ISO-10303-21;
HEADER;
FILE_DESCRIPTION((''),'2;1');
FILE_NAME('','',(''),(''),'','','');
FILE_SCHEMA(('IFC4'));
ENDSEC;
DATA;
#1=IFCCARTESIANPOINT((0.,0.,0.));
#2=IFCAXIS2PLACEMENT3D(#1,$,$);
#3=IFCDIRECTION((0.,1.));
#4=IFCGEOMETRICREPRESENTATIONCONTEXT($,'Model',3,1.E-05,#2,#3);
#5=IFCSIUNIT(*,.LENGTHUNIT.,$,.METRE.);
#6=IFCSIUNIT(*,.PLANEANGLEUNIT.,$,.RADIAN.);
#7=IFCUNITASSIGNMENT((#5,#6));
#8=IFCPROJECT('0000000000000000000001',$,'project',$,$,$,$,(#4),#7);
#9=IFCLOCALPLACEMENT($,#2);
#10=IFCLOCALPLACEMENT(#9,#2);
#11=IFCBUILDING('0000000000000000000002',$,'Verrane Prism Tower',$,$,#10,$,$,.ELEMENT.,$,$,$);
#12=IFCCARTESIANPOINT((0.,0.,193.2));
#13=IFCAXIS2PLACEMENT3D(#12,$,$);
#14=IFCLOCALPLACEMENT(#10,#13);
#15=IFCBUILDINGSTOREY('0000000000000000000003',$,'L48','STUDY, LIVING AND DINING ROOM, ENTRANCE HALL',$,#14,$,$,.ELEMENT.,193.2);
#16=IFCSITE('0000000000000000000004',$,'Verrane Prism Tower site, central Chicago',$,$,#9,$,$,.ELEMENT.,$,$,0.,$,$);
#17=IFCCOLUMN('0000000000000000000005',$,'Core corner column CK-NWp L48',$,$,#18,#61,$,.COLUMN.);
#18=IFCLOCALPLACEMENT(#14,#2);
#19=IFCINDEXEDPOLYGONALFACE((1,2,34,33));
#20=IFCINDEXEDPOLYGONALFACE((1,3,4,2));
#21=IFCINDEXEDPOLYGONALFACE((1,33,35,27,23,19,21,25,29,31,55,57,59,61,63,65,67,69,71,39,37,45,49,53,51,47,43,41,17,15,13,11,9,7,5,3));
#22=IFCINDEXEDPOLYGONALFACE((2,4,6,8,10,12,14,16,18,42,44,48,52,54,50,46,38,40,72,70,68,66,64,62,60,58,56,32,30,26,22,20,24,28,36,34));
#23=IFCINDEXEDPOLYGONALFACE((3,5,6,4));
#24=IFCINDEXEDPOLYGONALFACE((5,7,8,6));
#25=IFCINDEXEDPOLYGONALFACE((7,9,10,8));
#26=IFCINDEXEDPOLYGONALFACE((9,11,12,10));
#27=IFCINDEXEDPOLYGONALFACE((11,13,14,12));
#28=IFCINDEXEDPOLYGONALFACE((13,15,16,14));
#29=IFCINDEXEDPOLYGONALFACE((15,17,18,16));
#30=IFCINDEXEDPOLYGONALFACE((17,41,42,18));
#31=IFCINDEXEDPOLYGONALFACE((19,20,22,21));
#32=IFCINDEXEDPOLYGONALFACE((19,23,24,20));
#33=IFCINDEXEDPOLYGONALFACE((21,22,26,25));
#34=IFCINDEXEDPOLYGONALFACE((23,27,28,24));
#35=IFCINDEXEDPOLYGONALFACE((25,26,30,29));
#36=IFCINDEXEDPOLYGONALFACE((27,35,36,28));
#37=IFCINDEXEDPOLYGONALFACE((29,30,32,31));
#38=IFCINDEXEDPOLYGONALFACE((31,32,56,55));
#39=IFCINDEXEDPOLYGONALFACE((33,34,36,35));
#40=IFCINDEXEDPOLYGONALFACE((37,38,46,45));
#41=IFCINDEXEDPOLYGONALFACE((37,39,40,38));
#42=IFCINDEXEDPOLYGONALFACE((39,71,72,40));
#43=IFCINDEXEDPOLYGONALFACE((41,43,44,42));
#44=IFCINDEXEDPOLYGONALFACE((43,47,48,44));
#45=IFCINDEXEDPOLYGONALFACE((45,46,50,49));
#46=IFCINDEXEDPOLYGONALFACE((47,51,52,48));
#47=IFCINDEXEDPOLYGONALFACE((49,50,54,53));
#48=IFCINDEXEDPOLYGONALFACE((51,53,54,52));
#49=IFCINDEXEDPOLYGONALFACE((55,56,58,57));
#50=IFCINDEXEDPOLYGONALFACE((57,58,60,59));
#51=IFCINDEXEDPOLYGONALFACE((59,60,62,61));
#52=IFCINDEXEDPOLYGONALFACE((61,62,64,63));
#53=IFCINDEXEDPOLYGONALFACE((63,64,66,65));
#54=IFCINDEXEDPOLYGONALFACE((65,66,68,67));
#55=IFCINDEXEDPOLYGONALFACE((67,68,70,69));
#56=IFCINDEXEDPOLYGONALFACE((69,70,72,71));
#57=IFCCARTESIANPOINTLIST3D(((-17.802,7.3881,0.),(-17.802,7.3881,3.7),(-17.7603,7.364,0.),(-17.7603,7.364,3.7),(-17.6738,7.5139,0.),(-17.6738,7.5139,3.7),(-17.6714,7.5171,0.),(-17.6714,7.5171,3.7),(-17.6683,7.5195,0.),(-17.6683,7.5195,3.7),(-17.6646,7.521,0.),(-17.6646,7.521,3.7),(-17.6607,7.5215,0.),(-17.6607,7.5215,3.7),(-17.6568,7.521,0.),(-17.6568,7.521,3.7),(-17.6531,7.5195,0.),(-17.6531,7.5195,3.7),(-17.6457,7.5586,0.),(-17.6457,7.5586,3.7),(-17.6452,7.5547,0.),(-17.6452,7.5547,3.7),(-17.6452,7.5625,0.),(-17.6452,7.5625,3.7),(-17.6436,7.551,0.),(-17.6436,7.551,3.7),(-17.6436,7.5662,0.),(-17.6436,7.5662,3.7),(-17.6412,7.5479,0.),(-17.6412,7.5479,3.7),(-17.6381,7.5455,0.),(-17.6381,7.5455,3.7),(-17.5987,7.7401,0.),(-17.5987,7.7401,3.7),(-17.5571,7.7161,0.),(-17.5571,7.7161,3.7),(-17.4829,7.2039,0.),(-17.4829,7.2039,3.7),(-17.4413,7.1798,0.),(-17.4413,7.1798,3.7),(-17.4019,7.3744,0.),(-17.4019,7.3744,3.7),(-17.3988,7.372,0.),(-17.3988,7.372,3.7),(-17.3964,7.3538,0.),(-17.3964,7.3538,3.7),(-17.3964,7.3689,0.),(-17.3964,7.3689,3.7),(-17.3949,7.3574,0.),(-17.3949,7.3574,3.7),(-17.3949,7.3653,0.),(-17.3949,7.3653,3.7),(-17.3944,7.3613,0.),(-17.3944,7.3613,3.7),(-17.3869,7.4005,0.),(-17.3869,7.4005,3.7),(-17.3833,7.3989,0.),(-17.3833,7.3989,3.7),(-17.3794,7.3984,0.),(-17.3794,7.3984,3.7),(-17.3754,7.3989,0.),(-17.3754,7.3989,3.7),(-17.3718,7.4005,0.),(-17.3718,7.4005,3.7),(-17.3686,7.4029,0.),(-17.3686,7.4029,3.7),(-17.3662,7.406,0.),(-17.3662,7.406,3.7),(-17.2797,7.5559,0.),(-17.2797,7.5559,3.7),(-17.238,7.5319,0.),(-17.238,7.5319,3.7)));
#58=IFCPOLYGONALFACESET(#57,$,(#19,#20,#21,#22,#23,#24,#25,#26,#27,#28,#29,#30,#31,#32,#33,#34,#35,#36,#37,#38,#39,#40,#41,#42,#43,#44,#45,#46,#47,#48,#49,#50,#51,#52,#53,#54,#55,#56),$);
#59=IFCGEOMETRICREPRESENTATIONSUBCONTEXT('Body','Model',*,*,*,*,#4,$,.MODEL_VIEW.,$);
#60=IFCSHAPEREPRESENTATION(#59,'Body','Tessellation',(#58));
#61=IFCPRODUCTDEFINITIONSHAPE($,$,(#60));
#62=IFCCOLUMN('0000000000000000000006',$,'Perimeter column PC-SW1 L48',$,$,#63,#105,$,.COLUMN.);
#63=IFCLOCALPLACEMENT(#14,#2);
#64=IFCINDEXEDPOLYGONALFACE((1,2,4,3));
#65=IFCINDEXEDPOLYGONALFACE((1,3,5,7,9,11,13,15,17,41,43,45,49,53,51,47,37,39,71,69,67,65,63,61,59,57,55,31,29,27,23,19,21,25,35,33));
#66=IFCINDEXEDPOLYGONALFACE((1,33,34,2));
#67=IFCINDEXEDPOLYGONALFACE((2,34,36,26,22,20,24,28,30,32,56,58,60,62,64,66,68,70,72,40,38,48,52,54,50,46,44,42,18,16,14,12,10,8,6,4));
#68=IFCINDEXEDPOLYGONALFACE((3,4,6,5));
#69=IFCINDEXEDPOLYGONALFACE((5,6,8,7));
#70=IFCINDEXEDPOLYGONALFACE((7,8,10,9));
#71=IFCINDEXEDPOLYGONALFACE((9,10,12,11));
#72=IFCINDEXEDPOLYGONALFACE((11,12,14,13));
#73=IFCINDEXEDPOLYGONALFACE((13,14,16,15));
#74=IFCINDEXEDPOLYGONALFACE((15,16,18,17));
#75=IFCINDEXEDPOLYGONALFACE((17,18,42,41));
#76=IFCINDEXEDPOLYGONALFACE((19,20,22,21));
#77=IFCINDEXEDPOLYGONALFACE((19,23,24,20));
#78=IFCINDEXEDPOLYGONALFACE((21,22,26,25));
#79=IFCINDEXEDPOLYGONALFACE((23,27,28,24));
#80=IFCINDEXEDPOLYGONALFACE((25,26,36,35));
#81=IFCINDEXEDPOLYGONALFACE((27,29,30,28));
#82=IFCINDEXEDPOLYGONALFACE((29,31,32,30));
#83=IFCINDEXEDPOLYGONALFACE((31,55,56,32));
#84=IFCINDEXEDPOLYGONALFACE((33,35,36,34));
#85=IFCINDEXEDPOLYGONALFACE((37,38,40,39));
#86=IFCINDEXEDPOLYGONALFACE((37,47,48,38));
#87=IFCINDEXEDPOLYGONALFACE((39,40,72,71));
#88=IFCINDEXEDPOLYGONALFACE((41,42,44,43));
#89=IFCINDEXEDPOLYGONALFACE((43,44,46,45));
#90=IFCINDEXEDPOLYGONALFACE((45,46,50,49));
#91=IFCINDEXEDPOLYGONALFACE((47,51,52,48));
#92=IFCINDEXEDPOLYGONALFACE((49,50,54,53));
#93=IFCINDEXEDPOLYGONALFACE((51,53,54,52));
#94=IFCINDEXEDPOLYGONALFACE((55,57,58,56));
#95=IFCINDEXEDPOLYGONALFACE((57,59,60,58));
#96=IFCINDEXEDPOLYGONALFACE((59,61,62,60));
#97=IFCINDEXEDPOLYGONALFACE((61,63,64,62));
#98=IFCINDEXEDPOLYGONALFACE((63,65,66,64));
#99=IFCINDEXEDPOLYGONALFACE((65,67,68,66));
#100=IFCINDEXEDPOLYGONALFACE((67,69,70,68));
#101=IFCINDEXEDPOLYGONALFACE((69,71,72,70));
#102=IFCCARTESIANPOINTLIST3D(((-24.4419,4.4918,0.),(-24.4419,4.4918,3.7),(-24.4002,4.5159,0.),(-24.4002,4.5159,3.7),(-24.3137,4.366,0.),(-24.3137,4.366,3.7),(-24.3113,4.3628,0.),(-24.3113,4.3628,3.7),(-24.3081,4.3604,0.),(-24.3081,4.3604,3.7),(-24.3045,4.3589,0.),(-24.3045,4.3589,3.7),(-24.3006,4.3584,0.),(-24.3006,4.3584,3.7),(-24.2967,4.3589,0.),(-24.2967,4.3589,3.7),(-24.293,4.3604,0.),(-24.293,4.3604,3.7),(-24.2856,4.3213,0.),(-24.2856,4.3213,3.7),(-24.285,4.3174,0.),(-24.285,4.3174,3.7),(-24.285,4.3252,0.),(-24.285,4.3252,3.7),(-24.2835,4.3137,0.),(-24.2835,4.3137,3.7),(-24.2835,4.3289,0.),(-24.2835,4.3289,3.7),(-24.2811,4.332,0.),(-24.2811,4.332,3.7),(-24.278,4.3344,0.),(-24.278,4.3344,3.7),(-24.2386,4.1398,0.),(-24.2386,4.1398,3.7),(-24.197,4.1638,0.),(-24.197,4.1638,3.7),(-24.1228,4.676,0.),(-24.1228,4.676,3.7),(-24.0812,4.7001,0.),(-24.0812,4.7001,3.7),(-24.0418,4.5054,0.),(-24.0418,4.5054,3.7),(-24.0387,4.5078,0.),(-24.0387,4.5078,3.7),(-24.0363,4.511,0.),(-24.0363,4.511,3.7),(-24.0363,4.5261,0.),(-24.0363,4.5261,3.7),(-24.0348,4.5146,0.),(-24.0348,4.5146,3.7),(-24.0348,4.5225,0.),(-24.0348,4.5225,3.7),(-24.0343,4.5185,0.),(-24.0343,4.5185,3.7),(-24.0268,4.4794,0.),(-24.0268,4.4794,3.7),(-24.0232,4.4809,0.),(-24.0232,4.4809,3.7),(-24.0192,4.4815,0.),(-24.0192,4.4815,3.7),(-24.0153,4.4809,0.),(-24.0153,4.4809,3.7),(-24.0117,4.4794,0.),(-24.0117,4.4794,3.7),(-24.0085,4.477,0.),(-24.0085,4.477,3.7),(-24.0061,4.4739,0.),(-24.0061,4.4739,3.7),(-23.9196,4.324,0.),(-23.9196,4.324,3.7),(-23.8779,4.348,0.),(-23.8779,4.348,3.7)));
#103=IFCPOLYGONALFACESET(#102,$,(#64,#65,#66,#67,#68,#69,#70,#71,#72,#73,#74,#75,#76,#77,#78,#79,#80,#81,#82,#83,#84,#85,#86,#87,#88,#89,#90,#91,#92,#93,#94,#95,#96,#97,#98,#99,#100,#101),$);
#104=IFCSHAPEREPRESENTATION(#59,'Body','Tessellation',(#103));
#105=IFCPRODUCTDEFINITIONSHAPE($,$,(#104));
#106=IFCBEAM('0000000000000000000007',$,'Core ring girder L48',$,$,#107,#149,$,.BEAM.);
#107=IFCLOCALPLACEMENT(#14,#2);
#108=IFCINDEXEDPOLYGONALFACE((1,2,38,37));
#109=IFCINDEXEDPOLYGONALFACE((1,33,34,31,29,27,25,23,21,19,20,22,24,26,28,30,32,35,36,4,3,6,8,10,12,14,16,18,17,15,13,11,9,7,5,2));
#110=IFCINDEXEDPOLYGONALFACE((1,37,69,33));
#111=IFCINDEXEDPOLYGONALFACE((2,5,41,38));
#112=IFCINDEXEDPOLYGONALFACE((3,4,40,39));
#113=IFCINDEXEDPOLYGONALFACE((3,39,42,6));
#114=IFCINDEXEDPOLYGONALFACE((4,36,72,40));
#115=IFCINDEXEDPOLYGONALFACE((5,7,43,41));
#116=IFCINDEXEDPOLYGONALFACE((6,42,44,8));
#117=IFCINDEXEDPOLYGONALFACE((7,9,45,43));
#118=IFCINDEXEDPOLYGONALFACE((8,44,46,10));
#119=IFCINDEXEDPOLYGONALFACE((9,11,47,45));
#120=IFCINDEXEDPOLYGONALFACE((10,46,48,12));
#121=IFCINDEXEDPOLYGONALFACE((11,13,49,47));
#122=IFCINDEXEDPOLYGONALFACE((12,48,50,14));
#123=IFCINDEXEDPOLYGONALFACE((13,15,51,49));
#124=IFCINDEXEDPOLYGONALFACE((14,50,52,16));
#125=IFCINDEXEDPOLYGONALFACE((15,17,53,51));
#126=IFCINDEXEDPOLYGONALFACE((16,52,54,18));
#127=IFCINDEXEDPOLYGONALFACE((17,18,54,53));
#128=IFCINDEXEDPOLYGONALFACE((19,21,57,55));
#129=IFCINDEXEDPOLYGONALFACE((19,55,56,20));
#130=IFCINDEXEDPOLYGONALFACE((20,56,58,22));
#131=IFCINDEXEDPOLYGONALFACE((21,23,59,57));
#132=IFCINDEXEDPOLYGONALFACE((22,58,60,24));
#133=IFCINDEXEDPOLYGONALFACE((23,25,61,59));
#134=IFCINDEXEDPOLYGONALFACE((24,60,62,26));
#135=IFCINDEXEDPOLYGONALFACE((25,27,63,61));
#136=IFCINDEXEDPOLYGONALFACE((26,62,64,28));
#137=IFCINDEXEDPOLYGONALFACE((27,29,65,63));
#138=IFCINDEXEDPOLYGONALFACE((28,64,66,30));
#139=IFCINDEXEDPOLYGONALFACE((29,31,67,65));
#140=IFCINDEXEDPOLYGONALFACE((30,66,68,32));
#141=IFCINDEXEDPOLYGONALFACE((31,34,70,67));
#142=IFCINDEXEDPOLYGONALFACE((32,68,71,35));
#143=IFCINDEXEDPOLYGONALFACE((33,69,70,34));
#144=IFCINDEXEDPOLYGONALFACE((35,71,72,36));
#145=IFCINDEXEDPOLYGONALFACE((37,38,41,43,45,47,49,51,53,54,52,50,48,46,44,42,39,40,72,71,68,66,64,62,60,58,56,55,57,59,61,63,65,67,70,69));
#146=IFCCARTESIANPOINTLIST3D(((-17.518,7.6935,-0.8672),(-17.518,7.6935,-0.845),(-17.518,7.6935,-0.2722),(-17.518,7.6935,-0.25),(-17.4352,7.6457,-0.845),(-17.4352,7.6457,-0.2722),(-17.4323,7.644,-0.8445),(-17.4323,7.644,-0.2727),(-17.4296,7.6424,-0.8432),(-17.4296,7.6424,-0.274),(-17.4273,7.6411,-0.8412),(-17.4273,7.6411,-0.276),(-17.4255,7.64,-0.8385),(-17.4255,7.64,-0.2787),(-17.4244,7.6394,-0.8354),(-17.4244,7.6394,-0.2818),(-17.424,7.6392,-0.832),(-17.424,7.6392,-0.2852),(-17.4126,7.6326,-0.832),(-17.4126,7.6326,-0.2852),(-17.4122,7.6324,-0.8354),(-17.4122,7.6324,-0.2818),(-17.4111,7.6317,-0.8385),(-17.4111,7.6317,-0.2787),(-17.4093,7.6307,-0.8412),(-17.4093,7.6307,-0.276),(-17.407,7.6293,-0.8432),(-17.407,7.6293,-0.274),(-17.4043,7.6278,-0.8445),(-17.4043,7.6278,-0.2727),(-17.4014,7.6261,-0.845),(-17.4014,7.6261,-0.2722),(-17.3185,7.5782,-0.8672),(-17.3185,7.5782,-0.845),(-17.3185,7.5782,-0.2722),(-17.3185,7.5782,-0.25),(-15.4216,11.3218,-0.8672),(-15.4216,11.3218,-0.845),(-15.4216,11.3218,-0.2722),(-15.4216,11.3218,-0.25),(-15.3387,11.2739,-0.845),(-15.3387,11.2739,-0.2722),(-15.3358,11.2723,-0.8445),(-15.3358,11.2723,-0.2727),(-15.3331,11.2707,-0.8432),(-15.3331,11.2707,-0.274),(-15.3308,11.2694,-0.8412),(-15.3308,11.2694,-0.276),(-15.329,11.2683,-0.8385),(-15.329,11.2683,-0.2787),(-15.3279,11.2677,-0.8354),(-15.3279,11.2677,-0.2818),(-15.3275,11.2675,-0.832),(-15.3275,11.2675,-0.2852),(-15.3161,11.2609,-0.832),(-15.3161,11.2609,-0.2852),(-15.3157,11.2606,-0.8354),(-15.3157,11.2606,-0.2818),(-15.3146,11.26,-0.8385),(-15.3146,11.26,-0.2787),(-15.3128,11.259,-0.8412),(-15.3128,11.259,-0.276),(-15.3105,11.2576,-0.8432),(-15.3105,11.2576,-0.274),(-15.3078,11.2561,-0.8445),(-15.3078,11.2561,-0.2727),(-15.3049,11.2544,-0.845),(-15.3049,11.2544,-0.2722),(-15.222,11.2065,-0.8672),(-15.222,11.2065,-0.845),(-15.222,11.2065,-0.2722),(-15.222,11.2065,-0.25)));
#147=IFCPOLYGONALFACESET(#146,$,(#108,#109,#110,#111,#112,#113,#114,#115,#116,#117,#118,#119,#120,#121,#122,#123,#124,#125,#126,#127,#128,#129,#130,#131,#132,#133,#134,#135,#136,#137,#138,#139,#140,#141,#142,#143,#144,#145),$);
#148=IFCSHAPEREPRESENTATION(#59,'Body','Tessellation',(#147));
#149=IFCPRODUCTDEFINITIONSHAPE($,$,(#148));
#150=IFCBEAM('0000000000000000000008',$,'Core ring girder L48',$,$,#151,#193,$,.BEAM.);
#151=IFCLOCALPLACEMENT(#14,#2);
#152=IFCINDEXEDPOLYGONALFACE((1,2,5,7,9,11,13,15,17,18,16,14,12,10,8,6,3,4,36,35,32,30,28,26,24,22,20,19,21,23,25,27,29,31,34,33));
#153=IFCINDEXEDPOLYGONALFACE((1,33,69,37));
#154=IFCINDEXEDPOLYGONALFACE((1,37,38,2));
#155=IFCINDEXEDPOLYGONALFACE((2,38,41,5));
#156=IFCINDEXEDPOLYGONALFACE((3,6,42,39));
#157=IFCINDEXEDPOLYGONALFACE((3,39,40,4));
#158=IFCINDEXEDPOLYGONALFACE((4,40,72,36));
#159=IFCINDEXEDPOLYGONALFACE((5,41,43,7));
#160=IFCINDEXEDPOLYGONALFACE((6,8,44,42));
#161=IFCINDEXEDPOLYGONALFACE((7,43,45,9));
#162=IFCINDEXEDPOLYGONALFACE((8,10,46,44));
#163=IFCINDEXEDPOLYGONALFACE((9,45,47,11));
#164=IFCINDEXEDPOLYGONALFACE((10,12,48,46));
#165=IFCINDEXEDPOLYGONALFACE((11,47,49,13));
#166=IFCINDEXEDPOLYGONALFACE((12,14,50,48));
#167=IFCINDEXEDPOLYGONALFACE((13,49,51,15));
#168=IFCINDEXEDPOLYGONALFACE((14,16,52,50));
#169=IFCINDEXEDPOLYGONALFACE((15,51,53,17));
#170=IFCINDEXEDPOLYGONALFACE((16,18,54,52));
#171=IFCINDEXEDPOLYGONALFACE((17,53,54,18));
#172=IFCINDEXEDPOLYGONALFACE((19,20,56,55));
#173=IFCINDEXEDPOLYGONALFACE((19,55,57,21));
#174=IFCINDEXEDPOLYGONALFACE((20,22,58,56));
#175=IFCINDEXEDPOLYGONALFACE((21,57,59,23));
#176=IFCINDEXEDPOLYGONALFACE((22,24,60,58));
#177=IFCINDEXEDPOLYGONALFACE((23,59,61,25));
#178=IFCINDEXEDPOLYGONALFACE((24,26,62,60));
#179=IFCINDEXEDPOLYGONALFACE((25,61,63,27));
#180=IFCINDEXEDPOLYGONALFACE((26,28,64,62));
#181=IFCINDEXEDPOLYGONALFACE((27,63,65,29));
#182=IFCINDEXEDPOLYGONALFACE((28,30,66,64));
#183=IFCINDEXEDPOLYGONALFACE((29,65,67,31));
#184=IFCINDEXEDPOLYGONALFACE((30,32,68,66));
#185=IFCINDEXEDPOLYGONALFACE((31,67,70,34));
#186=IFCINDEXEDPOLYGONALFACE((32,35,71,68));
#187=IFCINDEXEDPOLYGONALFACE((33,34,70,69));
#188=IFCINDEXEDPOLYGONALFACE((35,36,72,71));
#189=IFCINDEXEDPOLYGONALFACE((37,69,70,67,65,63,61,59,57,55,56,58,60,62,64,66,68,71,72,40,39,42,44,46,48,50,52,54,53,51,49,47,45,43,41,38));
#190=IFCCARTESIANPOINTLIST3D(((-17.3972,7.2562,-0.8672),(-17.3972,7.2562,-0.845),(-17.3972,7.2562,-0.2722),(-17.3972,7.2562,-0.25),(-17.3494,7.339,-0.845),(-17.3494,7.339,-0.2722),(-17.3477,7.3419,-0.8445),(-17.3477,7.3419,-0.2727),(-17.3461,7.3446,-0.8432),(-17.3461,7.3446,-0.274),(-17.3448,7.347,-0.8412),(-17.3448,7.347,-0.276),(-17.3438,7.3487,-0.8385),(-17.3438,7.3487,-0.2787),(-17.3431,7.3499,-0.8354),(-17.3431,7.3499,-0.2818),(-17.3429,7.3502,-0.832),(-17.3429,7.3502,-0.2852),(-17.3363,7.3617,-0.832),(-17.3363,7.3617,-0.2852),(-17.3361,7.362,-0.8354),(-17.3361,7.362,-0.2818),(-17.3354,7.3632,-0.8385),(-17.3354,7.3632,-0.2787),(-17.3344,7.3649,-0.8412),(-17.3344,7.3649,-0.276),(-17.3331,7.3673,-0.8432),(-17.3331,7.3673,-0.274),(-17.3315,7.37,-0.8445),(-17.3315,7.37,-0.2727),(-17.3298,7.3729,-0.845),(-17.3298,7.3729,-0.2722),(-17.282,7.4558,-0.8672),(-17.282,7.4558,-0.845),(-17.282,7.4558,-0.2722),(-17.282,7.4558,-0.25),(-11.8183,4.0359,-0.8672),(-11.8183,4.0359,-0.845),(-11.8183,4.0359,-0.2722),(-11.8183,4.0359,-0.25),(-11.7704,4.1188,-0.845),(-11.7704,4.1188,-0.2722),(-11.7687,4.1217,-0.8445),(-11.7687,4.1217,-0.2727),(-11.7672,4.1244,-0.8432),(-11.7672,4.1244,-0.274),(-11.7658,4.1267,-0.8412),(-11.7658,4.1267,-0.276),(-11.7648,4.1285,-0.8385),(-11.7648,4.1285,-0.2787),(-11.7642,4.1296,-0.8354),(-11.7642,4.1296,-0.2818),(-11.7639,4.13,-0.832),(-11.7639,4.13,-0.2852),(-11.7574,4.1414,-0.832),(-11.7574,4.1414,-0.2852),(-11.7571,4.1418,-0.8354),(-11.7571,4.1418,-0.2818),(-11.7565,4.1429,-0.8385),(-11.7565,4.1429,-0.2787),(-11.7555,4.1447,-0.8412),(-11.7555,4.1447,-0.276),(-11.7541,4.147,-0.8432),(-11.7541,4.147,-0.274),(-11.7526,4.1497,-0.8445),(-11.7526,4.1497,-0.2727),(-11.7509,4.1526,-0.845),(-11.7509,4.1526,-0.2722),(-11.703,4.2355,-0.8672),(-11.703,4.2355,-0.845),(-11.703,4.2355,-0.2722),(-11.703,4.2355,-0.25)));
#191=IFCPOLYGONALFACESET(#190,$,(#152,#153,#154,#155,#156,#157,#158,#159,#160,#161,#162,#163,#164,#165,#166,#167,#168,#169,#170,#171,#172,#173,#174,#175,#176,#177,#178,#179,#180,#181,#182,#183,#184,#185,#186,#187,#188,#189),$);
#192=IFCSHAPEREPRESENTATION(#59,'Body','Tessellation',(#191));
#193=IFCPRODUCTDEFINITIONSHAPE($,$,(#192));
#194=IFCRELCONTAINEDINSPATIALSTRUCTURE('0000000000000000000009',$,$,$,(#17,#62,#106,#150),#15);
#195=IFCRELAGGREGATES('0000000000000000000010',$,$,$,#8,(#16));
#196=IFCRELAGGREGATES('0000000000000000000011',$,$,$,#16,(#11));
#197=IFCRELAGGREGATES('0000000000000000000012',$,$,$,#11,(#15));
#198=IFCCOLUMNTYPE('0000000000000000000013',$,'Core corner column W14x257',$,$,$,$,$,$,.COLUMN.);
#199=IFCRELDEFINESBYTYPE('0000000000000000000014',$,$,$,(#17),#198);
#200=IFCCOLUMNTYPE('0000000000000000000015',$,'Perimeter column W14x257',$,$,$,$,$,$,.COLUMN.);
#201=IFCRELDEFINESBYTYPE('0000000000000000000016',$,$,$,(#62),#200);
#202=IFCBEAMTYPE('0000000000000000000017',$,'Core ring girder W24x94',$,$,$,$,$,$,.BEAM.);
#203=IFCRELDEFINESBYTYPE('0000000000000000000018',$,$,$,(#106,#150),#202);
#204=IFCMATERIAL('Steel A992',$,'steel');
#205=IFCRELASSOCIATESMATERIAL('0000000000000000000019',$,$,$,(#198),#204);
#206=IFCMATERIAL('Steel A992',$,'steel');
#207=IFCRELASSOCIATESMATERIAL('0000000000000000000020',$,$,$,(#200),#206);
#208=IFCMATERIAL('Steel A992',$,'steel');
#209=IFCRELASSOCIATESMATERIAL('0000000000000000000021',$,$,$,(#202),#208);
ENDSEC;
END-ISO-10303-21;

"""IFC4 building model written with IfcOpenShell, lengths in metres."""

from ifc_helpers import new_model, si_unit, direction, frame, origin, origin_2d, place, context, subcontext, project, spatial, i_section, extrude, material, material_profile, profile_set, type_object, element, save


model = new_model("IFC4")

# Units and contexts
model_context = context("Model", 3, precision=1e-05, world=origin(), true_north=direction((0.0, 1.0)))
body_context = subcontext(model_context, "Body", "Model", "MODEL_VIEW")
ifc_project = project(units=[si_unit("LENGTHUNIT", "METRE"), si_unit("PLANEANGLEUNIT", "RADIAN")], contexts=[model_context])

# Site, building, storey
site_placement = place(None, origin())
site = spatial("IfcSite", under=ifc_project, at=site_placement, Name="Verrane Prism Tower site, central Chicago", CompositionType="ELEMENT", RefElevation=0.0)
building_placement = place(site_placement, origin())
building = spatial("IfcBuilding", under=site, at=building_placement, Name="Verrane Prism Tower", CompositionType="ELEMENT")
storey_placement = place(building_placement, frame((0.0, 0.0, 193.2)))
storey = spatial("IfcBuildingStorey", under=building, at=storey_placement, Name="L48", Description="STUDY, LIVING AND DINING ROOM, ENTRANCE HALL", CompositionType="ELEMENT", Elevation=193.2)

# Columns
ifc_material_1 = material(Name="Steel A992", Category="steel")
ifc_material_profile_1 = material_profile(ifc_material_1, i_section(OverallWidth=0.4065, OverallDepth=0.4165, WebThickness=0.03, FlangeThickness=0.0481, FilletRadius=0.0151, at=origin_2d()), Name="W14x257")
ifc_profile_set_1 = profile_set([ifc_material_profile_1], Name="Steel A992")
column_type_1 = type_object("IfcColumnType", Name="Core corner column W14x257", PredefinedType="COLUMN", material=ifc_profile_set_1)
column_1_placement = place(storey_placement, frame((-17.52, 7.46, 0.0), z_axis=(0.0, 0.0, 1.0), x_axis=(0.5, 0.866025, 0.0)))
element("IfcColumn", 1, at=column_1_placement, inside=storey, type_object=column_type_1, Name="Core corner column CK-NWp L48", PredefinedType="COLUMN", context=body_context, shape_type="SweptSolid", body=[
    extrude(i_section(OverallWidth=0.4065, OverallDepth=0.4165, WebThickness=0.03, FlangeThickness=0.0481, FilletRadius=0.0151, at=origin_2d()), origin(), (0.0, 0.0, 1.0), 3.7),
])
ifc_material_2 = material(Name="Steel A992", Category="steel")
ifc_material_profile_2 = material_profile(ifc_material_2, i_section(OverallWidth=0.4065, OverallDepth=0.4165, WebThickness=0.03, FlangeThickness=0.0481, FilletRadius=0.0151, at=origin_2d()), Name="W14x257")
ifc_profile_set_2 = profile_set([ifc_material_profile_2], Name="Steel A992")
column_type_2 = type_object("IfcColumnType", Name="Perimeter column W14x257", PredefinedType="COLUMN", material=ifc_profile_set_2)
column_2_placement = place(storey_placement, frame((-24.1599, 4.4199, 0.0), z_axis=(0.0, 0.0, 1.0), x_axis=(-0.5, 0.866025, 0.0)))
element("IfcColumn", 2, at=column_2_placement, inside=storey, type_object=column_type_2, Name="Perimeter column PC-SW1 L48", PredefinedType="COLUMN", context=body_context, shape_type="SweptSolid", body=[
    extrude(i_section(OverallWidth=0.4065, OverallDepth=0.4165, WebThickness=0.03, FlangeThickness=0.0481, FilletRadius=0.0151, at=origin_2d()), origin(), (0.0, 0.0, 1.0), 3.7),
])

# Beams
ifc_material_3 = material(Name="Steel A992", Category="steel")
ifc_material_profile_3 = material_profile(ifc_material_3, i_section(OverallWidth=0.2305, OverallDepth=0.6172, WebThickness=0.0132, FlangeThickness=0.0222, FilletRadius=0.0129, at=origin_2d()), Name="W24x94")
ifc_profile_set_3 = profile_set([ifc_material_profile_3], Name="Steel A992")
beam_type_1 = type_object("IfcBeamType", Name="Core ring girder W24x94", PredefinedType="BEAM", material=ifc_profile_set_3)
beam_1_placement = place(storey_placement, frame((-15.3218, 11.2642, -0.5586), z_axis=(-0.500306, -0.865849, 0.0), x_axis=(0.865849, -0.500306, 0.0)))
element("IfcBeam", 3, at=beam_1_placement, inside=storey, type_object=beam_type_1, Name="Core ring girder L48", PredefinedType="BEAM", context=body_context, shape_type="SweptSolid", body=[
    extrude(i_section(OverallWidth=0.2305, OverallDepth=0.6172, WebThickness=0.0132, FlangeThickness=0.0222, FilletRadius=0.0129, at=origin_2d()), origin(), (0.0, 0.0, 1.0), 4.1904),
])
beam_2_placement = place(storey_placement, frame((-17.3396, 7.356, -0.5586), z_axis=(0.866075, -0.499914, 0.0), x_axis=(0.499914, 0.866075, 0.0)))
element("IfcBeam", 4, at=beam_2_placement, inside=storey, type_object=beam_type_1, Name="Core ring girder L48", PredefinedType="BEAM", context=body_context, shape_type="SweptSolid", body=[
    extrude(i_section(OverallWidth=0.2305, OverallDepth=0.6172, WebThickness=0.0132, FlangeThickness=0.0222, FilletRadius=0.0129, at=origin_2d()), origin(), (0.0, 0.0, 1.0), 6.4417),
])

save(model, "model.ifc")
